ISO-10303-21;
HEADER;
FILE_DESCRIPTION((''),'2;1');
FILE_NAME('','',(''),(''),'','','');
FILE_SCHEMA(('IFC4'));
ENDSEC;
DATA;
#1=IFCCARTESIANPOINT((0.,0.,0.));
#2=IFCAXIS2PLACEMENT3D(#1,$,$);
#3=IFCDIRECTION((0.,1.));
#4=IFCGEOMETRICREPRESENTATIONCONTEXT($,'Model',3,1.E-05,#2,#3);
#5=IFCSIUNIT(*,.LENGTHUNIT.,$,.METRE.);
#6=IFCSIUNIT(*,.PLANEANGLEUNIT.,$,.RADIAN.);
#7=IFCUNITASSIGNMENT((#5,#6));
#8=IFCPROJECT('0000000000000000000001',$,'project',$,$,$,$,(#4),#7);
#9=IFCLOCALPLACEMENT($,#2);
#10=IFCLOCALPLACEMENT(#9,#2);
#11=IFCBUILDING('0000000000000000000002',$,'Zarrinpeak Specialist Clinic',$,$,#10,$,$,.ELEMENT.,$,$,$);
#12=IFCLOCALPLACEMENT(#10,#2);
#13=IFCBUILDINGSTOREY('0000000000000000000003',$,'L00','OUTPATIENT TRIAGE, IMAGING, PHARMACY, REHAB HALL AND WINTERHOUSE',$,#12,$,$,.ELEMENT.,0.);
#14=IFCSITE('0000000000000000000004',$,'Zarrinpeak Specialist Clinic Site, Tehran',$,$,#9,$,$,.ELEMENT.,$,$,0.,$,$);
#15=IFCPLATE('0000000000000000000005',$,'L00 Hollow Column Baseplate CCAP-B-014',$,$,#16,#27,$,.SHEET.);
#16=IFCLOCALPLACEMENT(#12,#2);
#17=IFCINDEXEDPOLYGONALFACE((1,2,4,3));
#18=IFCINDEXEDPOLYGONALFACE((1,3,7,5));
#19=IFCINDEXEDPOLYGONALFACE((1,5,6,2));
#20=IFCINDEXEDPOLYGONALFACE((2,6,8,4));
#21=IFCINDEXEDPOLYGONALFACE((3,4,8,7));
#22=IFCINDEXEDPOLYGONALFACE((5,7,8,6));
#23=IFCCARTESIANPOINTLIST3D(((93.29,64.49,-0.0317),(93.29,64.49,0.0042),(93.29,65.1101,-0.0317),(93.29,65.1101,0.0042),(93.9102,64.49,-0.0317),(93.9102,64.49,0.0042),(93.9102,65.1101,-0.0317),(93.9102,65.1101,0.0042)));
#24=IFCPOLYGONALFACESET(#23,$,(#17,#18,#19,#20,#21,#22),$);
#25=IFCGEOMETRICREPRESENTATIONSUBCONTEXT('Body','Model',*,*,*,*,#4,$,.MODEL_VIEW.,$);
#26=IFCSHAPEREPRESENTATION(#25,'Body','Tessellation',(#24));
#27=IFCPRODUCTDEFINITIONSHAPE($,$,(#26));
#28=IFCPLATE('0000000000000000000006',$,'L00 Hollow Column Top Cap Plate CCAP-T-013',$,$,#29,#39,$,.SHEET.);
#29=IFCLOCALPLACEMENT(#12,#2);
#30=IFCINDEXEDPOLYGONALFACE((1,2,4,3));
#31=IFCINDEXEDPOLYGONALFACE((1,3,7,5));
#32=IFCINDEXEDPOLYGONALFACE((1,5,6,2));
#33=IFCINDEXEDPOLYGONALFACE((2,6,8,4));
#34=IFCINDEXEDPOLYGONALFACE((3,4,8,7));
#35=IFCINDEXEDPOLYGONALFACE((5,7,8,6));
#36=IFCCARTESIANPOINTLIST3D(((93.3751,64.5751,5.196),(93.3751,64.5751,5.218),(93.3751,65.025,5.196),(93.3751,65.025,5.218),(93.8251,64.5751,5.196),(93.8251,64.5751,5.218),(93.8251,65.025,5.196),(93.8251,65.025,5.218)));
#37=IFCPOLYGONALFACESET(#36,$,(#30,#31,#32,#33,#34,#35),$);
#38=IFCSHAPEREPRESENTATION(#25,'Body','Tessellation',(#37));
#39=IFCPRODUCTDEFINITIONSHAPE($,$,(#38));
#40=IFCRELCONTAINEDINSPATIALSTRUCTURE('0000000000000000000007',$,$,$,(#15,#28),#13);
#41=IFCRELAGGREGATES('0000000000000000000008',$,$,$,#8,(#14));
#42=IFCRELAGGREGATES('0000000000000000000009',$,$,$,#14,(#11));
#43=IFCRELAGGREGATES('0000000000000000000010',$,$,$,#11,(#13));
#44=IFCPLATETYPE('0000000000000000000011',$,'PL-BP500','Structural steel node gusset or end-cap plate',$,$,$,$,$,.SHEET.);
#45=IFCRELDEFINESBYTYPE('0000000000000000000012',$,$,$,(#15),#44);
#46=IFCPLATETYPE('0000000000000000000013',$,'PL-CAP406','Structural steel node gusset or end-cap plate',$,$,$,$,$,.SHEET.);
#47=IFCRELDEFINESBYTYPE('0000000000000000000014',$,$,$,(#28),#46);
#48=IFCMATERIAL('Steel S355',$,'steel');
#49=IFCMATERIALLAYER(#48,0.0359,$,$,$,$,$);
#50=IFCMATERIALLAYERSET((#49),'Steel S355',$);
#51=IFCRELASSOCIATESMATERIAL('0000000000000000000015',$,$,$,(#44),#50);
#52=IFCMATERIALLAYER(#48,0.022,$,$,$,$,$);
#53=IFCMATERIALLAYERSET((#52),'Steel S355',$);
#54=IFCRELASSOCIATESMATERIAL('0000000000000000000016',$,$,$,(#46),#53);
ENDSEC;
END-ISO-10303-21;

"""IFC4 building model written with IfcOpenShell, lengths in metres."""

from ifc_helpers import new_model, si_unit, direction, frame, origin, origin_2d, place, context, subcontext, project, spatial, rectangle, extrude, material, layer, layer_set, type_object, element, save


model = new_model("IFC4")

# Units and contexts
model_context = context("Model", 3, precision=1e-05, world=origin(), true_north=direction((0.0, 1.0)))
body_context = subcontext(model_context, "Body", "Model", "MODEL_VIEW")
ifc_project = project(units=[si_unit("LENGTHUNIT", "METRE"), si_unit("PLANEANGLEUNIT", "RADIAN")], contexts=[model_context])

# Site, building, storey
site_placement = place(None, origin())
site = spatial("IfcSite", under=ifc_project, at=site_placement, Name="Zarrinpeak Specialist Clinic Site, Tehran", CompositionType="ELEMENT", RefElevation=0.0)
building_placement = place(site_placement, origin())
building = spatial("IfcBuilding", under=site, at=building_placement, Name="Zarrinpeak Specialist Clinic", CompositionType="ELEMENT")
storey_placement = place(building_placement, origin())
storey = spatial("IfcBuildingStorey", under=building, at=storey_placement, Name="L00", Description="OUTPATIENT TRIAGE, IMAGING, PHARMACY, REHAB HALL AND WINTERHOUSE", CompositionType="ELEMENT", Elevation=0.0)

# Shared definitions
ifc_material_1 = material(Name="Steel S355", Category="steel")

# Plates
ifc_layer_1 = layer(ifc_material_1, 0.0359)
ifc_layer_set_1 = layer_set([ifc_layer_1], Name="Steel S355")
plate_type_1 = type_object("IfcPlateType", Name="PL-BP500", Description="Structural steel node gusset or end-cap plate", PredefinedType="SHEET", material=ifc_layer_set_1)
plate_1_placement = place(storey_placement, frame((93.6001, 64.8, -0.0317), z_axis=(0.0, 0.0, 1.0), x_axis=(1.0, 0.0, 0.0)))
element("IfcPlate", 1, at=plate_1_placement, inside=storey, type_object=plate_type_1, Name="L00 Hollow Column Baseplate CCAP-B-014", PredefinedType="SHEET", context=body_context, shape_type="SweptSolid", body=[
    extrude(rectangle(XDim=0.6201, YDim=0.6201, at=origin_2d()), origin(), (0.0, 0.0, 1.0), 0.0359),
])
ifc_layer_2 = layer(ifc_material_1, 0.022)
ifc_layer_set_2 = layer_set([ifc_layer_2], Name="Steel S355")
plate_type_2 = type_object("IfcPlateType", Name="PL-CAP406", Description="Structural steel node gusset or end-cap plate", PredefinedType="SHEET", material=ifc_layer_set_2)
plate_2_placement = place(storey_placement, frame((93.6001, 64.8, 5.196), z_axis=(0.0, 0.0, 1.0), x_axis=(1.0, 0.0, 0.0)))
element("IfcPlate", 2, at=plate_2_placement, inside=storey, type_object=plate_type_2, Name="L00 Hollow Column Top Cap Plate CCAP-T-013", PredefinedType="SHEET", context=body_context, shape_type="SweptSolid", body=[
    extrude(rectangle(XDim=0.45, YDim=0.45, at=origin_2d()), origin(), (0.0, 0.0, 1.0), 0.022),
])

save(model, "model.ifc")
